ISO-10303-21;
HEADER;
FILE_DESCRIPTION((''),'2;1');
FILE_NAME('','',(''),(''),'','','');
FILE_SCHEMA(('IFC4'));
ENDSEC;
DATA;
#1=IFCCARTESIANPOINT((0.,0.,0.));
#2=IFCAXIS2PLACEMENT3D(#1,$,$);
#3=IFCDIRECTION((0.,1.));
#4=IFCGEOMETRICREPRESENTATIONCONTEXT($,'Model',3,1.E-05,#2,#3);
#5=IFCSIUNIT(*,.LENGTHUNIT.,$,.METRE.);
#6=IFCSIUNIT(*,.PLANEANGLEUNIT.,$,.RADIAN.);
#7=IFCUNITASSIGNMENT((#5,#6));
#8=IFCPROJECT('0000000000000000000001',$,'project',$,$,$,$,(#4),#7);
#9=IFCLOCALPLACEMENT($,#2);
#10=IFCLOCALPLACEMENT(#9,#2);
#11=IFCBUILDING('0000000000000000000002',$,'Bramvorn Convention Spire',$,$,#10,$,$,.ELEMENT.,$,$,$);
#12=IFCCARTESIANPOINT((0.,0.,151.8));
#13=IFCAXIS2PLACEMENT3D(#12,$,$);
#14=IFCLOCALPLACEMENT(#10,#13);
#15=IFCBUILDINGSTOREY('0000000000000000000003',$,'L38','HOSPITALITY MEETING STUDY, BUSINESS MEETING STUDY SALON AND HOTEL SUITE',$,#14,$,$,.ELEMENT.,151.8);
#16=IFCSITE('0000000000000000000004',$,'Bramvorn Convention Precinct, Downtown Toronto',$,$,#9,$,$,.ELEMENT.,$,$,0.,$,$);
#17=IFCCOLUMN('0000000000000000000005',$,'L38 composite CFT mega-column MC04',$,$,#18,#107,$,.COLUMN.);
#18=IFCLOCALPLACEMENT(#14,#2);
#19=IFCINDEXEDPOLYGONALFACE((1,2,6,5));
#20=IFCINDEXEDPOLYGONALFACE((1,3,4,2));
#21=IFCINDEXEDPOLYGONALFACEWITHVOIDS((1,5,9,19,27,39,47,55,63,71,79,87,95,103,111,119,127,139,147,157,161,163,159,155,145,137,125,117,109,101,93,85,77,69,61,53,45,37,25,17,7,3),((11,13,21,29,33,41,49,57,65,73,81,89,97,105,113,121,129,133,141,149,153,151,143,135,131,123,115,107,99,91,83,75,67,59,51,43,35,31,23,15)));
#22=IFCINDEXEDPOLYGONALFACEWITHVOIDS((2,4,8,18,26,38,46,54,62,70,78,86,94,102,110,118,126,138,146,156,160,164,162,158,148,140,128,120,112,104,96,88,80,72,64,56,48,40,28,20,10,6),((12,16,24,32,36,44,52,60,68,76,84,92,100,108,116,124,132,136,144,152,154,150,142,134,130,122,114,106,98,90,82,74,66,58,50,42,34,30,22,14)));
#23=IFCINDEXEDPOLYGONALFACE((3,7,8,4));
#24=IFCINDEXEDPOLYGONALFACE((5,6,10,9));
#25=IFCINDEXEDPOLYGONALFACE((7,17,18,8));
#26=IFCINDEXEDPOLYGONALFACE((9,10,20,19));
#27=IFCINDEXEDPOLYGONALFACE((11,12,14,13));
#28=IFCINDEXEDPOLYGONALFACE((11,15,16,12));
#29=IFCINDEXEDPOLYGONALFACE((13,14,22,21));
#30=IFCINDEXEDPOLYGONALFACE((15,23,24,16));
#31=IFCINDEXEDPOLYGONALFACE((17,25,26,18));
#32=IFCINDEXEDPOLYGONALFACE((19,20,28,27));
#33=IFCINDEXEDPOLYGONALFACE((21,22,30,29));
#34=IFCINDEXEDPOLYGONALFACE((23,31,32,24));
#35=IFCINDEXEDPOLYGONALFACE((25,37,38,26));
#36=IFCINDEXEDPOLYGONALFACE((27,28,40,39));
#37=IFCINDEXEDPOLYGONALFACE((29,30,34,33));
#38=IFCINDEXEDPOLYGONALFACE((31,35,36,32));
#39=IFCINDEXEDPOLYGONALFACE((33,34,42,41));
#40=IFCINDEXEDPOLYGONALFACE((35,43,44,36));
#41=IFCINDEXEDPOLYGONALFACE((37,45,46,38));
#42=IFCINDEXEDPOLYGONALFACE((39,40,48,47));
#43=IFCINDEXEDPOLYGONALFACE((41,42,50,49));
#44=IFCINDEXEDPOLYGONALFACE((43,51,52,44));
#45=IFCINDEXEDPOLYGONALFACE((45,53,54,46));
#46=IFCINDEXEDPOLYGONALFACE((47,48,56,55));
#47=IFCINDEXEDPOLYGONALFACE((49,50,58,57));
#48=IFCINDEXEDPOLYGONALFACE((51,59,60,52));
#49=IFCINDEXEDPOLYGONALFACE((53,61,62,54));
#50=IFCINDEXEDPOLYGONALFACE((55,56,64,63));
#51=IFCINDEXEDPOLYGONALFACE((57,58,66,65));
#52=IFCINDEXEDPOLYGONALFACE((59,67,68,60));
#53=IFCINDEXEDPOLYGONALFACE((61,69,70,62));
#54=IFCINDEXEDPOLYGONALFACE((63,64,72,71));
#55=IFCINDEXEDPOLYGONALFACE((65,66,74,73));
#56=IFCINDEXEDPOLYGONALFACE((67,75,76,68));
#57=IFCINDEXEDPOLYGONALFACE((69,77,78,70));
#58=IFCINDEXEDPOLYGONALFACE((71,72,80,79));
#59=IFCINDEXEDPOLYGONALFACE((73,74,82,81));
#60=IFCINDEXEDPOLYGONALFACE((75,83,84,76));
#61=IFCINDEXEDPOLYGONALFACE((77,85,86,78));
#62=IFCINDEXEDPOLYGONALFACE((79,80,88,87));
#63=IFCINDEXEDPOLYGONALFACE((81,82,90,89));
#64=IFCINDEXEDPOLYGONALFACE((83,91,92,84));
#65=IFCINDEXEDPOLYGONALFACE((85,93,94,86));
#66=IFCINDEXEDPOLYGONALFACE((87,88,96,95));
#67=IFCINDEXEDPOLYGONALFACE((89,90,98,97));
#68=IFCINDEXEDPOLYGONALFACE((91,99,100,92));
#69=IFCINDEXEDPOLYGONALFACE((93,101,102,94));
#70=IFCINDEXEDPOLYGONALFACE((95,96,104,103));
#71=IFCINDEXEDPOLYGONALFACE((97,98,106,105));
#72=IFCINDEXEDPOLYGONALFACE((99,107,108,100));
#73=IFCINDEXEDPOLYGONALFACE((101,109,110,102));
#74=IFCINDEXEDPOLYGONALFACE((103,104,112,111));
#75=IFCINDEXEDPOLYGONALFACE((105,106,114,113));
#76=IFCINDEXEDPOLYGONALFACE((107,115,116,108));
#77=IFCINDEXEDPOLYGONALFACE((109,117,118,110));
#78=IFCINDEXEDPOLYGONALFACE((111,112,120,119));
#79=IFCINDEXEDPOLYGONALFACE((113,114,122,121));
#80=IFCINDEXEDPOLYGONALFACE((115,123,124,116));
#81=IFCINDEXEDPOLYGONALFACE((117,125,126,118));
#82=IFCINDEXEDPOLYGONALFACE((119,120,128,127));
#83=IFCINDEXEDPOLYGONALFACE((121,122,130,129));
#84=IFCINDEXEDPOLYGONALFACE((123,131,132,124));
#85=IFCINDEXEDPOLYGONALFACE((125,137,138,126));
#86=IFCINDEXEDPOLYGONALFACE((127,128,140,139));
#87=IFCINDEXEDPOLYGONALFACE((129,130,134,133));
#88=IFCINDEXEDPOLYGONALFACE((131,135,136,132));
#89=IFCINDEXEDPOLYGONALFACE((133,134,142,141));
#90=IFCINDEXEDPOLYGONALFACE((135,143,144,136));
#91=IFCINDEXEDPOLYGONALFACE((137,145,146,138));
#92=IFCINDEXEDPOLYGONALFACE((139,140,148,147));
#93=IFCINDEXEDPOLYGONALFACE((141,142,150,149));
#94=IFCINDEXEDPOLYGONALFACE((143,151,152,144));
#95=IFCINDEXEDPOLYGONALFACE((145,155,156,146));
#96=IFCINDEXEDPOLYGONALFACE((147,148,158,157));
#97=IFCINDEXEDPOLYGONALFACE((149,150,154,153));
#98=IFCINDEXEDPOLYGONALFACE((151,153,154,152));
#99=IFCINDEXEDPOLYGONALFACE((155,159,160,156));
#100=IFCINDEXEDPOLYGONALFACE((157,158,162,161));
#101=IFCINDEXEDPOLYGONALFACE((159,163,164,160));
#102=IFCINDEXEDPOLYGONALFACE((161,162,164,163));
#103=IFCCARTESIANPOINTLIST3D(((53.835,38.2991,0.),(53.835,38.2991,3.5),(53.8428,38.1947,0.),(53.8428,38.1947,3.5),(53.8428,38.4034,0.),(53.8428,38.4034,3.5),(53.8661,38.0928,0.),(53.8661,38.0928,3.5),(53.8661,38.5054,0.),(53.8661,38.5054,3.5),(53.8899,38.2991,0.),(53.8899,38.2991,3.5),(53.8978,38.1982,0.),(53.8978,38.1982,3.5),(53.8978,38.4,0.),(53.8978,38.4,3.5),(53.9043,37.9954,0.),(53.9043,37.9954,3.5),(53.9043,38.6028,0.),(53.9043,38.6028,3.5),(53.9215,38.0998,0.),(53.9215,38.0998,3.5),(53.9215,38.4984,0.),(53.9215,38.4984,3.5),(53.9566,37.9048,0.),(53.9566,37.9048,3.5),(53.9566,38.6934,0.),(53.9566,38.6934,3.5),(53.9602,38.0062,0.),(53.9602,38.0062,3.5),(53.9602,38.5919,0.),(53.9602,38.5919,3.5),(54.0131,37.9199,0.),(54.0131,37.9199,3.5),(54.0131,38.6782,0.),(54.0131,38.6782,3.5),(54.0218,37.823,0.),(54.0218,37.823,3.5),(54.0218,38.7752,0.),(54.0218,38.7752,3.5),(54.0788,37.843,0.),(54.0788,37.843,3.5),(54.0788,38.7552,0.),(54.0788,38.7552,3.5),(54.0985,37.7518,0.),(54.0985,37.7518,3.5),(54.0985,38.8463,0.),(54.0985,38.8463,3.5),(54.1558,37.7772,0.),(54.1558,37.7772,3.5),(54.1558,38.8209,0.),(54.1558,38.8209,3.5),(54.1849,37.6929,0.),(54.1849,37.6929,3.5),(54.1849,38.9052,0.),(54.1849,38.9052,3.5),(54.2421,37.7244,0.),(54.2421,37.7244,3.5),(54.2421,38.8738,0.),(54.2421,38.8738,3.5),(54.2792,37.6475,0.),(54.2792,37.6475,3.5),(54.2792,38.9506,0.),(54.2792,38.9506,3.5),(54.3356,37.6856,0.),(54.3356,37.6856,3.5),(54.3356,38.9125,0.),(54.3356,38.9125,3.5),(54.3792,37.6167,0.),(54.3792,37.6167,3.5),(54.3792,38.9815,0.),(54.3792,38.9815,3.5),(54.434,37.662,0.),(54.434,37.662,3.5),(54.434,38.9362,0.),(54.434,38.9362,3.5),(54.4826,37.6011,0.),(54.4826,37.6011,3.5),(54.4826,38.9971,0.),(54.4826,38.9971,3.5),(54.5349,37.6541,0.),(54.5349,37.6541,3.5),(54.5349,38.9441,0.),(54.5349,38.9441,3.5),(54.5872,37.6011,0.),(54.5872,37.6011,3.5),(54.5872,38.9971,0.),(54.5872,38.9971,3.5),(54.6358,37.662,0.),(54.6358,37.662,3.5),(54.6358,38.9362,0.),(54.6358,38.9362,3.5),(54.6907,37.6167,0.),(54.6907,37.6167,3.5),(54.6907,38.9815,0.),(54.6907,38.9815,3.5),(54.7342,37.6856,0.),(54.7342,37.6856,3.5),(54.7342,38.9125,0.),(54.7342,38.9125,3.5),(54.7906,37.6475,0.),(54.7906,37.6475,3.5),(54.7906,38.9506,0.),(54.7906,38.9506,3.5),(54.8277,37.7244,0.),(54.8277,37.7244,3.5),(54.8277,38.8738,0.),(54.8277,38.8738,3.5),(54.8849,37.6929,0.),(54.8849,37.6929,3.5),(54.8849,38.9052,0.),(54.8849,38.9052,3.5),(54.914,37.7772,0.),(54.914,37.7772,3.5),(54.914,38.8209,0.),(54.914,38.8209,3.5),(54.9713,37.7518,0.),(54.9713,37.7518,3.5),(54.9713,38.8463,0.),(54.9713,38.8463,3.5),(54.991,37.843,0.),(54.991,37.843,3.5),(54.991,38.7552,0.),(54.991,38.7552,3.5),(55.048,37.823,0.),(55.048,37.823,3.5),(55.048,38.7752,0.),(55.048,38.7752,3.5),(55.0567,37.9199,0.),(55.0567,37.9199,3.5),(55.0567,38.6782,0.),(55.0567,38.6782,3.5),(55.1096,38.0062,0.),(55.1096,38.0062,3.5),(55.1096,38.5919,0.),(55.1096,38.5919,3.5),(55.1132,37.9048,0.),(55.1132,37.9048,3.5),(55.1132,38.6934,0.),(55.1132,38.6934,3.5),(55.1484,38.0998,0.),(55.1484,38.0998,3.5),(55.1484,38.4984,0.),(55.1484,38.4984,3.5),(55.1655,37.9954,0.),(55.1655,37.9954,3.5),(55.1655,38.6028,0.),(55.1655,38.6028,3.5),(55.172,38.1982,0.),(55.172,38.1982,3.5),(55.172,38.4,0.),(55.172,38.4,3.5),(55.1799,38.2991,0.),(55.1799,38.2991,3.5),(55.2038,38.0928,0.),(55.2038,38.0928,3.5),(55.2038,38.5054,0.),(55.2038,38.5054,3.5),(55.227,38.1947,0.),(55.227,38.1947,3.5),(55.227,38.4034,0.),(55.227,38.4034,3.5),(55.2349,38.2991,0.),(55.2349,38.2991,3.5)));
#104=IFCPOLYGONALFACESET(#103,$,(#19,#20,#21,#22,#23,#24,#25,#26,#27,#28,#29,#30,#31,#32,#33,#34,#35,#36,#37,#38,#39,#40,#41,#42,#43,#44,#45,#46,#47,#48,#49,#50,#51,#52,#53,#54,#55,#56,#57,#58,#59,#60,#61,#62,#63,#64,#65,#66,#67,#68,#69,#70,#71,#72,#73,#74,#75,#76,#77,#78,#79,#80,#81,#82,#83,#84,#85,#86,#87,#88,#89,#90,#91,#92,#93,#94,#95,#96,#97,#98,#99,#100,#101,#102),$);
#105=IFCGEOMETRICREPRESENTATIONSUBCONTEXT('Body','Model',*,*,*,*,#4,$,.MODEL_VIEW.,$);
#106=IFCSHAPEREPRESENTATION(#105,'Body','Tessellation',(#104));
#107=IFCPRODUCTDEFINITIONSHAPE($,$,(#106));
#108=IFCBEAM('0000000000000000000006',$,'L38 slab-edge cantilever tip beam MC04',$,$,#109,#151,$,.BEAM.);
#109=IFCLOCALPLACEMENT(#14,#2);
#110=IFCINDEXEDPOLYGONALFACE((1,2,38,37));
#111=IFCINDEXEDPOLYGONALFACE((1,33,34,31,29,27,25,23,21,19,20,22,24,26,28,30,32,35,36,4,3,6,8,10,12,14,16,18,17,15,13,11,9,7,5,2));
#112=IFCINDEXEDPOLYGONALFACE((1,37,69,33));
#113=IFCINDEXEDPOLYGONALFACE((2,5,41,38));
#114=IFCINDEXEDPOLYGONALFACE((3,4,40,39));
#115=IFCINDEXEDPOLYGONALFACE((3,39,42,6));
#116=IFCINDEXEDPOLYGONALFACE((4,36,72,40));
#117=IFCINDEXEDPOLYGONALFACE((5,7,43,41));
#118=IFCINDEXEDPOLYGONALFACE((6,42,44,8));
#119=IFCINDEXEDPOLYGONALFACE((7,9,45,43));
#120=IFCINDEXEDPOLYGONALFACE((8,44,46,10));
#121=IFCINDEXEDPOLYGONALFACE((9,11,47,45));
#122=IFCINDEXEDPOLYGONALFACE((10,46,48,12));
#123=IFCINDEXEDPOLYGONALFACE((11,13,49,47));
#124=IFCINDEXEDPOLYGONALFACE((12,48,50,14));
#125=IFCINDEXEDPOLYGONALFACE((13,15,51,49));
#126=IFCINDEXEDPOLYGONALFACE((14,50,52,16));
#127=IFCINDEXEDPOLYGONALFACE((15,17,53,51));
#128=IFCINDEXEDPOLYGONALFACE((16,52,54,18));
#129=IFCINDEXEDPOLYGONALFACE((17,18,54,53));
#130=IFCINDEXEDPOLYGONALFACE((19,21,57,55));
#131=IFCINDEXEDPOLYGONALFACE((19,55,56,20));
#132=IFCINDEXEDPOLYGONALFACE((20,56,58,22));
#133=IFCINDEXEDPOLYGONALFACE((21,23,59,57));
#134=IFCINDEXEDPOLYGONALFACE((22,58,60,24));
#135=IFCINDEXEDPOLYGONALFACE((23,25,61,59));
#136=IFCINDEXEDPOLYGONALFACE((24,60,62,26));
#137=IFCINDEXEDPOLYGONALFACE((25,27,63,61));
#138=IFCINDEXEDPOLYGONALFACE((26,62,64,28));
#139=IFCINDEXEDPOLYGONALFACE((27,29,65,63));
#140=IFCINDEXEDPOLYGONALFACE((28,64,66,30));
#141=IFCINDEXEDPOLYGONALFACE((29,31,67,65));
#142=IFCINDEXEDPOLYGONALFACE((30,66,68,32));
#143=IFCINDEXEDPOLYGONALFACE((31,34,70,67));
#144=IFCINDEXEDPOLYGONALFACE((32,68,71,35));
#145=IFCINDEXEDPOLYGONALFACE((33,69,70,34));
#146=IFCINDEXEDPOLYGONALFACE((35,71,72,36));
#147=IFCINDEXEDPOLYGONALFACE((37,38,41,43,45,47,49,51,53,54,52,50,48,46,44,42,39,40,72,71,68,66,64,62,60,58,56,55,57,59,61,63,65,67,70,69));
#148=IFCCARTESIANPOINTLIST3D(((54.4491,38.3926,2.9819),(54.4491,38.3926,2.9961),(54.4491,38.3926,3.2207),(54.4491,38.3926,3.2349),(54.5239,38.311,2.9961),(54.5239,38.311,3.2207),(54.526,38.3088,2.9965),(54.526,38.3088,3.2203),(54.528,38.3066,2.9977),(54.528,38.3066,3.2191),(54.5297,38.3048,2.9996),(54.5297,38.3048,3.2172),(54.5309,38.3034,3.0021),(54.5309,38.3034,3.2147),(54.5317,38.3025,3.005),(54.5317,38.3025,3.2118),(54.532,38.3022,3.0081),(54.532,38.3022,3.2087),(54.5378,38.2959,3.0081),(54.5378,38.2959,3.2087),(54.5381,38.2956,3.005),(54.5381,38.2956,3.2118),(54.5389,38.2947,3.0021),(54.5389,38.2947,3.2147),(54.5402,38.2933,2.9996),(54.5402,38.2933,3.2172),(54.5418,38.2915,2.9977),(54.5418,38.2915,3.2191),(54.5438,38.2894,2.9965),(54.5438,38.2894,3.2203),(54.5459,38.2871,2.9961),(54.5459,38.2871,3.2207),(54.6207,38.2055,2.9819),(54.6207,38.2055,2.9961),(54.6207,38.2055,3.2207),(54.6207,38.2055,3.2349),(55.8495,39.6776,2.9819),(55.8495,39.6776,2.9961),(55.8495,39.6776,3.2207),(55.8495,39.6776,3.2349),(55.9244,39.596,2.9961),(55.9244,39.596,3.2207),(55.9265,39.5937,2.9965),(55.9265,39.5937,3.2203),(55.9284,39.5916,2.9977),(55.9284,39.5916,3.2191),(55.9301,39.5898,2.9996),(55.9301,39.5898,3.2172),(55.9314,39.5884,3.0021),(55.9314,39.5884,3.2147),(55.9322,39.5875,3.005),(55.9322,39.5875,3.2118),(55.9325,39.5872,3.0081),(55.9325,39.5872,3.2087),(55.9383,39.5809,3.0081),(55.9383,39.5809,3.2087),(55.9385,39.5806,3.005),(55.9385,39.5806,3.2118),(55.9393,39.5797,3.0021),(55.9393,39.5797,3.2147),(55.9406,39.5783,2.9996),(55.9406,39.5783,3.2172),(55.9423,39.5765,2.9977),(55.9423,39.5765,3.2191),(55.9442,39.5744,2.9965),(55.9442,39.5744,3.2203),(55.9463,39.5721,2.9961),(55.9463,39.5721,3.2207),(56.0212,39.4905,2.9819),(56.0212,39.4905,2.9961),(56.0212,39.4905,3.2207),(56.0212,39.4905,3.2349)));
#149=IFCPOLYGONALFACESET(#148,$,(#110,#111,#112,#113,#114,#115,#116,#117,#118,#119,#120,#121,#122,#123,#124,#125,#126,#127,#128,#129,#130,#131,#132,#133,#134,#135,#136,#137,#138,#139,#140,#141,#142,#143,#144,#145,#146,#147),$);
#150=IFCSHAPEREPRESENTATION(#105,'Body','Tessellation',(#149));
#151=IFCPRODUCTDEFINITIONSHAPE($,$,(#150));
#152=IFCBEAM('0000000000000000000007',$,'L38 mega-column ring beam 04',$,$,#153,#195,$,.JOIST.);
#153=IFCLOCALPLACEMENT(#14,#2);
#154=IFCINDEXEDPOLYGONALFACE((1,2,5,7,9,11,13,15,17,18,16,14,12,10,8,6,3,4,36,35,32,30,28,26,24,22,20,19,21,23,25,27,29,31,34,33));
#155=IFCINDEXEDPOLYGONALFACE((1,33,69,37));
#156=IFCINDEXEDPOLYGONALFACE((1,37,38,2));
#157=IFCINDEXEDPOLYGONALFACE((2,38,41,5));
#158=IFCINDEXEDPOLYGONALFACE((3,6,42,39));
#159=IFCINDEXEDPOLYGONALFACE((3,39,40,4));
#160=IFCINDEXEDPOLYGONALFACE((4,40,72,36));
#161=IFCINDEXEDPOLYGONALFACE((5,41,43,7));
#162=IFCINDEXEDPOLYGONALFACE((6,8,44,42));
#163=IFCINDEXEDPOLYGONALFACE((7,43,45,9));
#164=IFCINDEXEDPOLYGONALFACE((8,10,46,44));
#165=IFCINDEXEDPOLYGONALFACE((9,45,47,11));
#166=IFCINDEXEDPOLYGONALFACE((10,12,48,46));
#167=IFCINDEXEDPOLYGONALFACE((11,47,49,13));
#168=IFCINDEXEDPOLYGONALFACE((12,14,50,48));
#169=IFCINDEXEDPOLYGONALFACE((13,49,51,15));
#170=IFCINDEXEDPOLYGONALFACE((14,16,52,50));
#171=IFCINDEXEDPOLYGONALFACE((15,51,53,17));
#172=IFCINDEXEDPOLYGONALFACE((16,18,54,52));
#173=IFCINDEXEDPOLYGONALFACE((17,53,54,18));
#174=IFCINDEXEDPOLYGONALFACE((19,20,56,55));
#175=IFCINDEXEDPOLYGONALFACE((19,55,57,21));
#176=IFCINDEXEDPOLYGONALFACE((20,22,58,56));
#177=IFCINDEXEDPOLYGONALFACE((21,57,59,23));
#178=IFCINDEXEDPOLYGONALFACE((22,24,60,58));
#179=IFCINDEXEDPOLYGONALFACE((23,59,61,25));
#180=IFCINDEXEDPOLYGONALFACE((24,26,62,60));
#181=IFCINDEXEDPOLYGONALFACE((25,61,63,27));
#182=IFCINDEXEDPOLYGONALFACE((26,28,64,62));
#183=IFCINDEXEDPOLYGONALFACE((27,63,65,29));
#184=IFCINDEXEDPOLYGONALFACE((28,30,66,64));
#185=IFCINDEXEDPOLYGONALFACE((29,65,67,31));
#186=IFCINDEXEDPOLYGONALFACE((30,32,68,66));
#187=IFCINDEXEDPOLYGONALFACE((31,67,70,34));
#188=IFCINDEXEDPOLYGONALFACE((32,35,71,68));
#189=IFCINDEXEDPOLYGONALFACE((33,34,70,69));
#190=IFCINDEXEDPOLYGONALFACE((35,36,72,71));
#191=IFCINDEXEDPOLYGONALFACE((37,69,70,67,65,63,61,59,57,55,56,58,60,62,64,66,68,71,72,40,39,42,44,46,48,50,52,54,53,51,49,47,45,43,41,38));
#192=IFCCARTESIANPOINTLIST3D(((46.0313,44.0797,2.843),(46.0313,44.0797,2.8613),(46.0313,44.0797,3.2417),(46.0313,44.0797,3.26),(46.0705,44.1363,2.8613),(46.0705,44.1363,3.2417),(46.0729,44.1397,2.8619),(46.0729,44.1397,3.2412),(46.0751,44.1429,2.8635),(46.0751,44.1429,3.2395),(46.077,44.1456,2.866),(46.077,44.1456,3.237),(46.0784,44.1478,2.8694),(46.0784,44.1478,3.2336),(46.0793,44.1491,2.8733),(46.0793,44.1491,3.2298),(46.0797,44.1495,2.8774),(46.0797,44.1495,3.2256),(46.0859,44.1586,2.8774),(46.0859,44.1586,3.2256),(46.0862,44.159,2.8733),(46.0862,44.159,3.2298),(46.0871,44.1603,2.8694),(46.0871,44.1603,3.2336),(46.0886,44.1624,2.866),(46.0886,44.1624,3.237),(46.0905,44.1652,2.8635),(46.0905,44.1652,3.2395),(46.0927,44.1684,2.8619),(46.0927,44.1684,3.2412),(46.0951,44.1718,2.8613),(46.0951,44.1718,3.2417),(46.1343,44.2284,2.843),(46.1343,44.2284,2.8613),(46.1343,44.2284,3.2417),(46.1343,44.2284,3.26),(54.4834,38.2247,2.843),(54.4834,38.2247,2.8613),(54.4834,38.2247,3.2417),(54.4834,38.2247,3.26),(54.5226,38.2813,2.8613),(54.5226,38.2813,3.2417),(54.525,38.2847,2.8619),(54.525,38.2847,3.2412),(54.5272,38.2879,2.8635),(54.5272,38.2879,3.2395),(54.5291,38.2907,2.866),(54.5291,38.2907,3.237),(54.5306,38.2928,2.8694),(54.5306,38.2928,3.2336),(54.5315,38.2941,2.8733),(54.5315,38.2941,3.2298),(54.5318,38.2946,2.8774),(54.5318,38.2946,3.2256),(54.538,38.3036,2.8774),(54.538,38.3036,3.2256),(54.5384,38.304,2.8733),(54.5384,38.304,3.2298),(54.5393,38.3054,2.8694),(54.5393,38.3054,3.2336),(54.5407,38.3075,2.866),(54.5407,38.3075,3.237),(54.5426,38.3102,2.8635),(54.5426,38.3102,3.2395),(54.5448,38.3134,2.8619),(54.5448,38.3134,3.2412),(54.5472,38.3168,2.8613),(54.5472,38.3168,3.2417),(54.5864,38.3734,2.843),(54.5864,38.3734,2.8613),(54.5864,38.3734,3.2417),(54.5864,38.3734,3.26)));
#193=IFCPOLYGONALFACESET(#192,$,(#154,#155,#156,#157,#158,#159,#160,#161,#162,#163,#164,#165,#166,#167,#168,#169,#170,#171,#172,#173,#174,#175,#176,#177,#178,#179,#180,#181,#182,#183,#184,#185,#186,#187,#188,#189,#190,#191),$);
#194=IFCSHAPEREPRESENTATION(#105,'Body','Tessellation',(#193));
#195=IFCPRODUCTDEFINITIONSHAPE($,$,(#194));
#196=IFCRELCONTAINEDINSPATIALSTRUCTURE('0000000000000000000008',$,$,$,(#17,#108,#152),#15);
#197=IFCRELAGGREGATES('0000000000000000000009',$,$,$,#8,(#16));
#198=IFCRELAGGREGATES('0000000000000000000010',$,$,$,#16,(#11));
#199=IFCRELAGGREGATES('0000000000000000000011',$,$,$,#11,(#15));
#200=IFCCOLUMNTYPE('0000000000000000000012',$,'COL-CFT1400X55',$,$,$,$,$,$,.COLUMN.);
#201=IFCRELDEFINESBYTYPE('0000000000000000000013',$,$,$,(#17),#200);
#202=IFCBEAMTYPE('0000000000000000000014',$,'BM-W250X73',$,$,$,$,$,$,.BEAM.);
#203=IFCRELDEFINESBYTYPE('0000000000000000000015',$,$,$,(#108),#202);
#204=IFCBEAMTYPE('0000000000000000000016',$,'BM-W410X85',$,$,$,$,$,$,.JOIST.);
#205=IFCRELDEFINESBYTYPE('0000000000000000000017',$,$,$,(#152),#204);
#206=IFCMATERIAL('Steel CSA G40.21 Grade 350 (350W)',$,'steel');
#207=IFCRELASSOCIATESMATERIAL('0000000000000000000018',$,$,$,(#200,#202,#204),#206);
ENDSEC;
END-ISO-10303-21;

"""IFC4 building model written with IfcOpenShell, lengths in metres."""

from ifc_helpers import new_model, si_unit, direction, frame, origin, origin_2d, place, context, subcontext, project, spatial, hollow_circle, i_section, extrude, material, material_profile, profile_set, type_object, element, save


model = new_model("IFC4")

# Units and contexts
model_context = context("Model", 3, precision=1e-05, world=origin(), true_north=direction((0.0, 1.0)))
body_context = subcontext(model_context, "Body", "Model", "MODEL_VIEW")
ifc_project = project(units=[si_unit("LENGTHUNIT", "METRE"), si_unit("PLANEANGLEUNIT", "RADIAN")], contexts=[model_context])

# Site, building, storey
site_placement = place(None, origin())
site = spatial("IfcSite", under=ifc_project, at=site_placement, Name="Bramvorn Convention Precinct, Downtown Toronto", CompositionType="ELEMENT", RefElevation=0.0)
building_placement = place(site_placement, origin())
building = spatial("IfcBuilding", under=site, at=building_placement, Name="Bramvorn Convention Spire", CompositionType="ELEMENT")
storey_placement = place(building_placement, frame((0.0, 0.0, 151.8)))
storey = spatial("IfcBuildingStorey", under=building, at=storey_placement, Name="L38", Description="HOSPITALITY MEETING STUDY, BUSINESS MEETING STUDY SALON AND HOTEL SUITE", CompositionType="ELEMENT", Elevation=151.8)

# Column
ifc_material_1 = material(Name="Steel CSA G40.21 Grade 350 (350W)", Category="steel")
ifc_material_profile_1 = material_profile(ifc_material_1, hollow_circle(Radius=0.7, WallThickness=0.0549, at=origin_2d()))
ifc_profile_set_1 = profile_set([ifc_material_profile_1], Name="Steel CSA G40.21 Grade 350 (350W) - CFT1400X55")
column_type = type_object("IfcColumnType", Name="COL-CFT1400X55", PredefinedType="COLUMN", material=ifc_profile_set_1)
column_placement = place(storey_placement, frame((54.5349, 38.2991, 0.0), z_axis=(0.0, 0.0, 1.0), x_axis=(1.0, 0.0, 0.0)))
element("IfcColumn", 1, at=column_placement, inside=storey, type_object=column_type, Name="L38 composite CFT mega-column MC04", PredefinedType="COLUMN", context=body_context, shape_type="SweptSolid", body=[
    extrude(hollow_circle(Radius=0.7, WallThickness=0.0549, at=origin_2d()), origin(), (0.0, 0.0, 1.0), 3.5),
])

# Beams
ifc_material_profile_2 = material_profile(ifc_material_1, i_section(OverallWidth=0.2539, OverallDepth=0.2529, WebThickness=0.0085, FlangeThickness=0.0142, FilletRadius=0.012, at=origin_2d()))
ifc_profile_set_2 = profile_set([ifc_material_profile_2], Name="Steel CSA G40.21 Grade 350 (350W) - W250X73")
beam_type_1 = type_object("IfcBeamType", Name="BM-W250X73", PredefinedType="BEAM", material=ifc_profile_set_2)
beam_1_placement = place(storey_placement, frame((54.5349, 38.2991, 3.1084), z_axis=(0.736834, 0.676074, 0.0), x_axis=(-0.676074, 0.736834, 0.0)))
element("IfcBeam", 2, at=beam_1_placement, inside=storey, type_object=beam_type_1, Name="L38 slab-edge cantilever tip beam MC04", PredefinedType="BEAM", context=body_context, shape_type="SweptSolid", body=[
    extrude(i_section(OverallWidth=0.2539, OverallDepth=0.2529, WebThickness=0.0085, FlangeThickness=0.0142, FilletRadius=0.012, at=origin_2d()), origin(), (0.0, 0.0, 1.0), 1.9006),
])
ifc_material_profile_3 = material_profile(ifc_material_1, i_section(OverallWidth=0.1809, OverallDepth=0.417, WebThickness=0.011, FlangeThickness=0.0183, FilletRadius=0.0161, at=origin_2d()))
ifc_profile_set_3 = profile_set([ifc_material_profile_3], Name="Steel CSA G40.21 Grade 350 (350W) - W410X85")
beam_type_2 = type_object("IfcBeamType", Name="BM-W410X85", PredefinedType="JOIST", material=ifc_profile_set_3)
beam_2_placement = place(storey_placement, frame((54.5349, 38.2991, 3.0515), z_axis=(-0.822033, 0.56944, 0.0), x_axis=(-0.56944, -0.822033, 0.0)))
element("IfcBeam", 3, at=beam_2_placement, inside=storey, type_object=beam_type_2, Name="L38 mega-column ring beam 04", PredefinedType="JOIST", context=body_context, shape_type="SweptSolid", body=[
    extrude(i_section(OverallWidth=0.1809, OverallDepth=0.417, WebThickness=0.011, FlangeThickness=0.0183, FilletRadius=0.0161, at=origin_2d()), origin(), (0.0, 0.0, 1.0), 10.282),
])

save(model, "model.ifc")
